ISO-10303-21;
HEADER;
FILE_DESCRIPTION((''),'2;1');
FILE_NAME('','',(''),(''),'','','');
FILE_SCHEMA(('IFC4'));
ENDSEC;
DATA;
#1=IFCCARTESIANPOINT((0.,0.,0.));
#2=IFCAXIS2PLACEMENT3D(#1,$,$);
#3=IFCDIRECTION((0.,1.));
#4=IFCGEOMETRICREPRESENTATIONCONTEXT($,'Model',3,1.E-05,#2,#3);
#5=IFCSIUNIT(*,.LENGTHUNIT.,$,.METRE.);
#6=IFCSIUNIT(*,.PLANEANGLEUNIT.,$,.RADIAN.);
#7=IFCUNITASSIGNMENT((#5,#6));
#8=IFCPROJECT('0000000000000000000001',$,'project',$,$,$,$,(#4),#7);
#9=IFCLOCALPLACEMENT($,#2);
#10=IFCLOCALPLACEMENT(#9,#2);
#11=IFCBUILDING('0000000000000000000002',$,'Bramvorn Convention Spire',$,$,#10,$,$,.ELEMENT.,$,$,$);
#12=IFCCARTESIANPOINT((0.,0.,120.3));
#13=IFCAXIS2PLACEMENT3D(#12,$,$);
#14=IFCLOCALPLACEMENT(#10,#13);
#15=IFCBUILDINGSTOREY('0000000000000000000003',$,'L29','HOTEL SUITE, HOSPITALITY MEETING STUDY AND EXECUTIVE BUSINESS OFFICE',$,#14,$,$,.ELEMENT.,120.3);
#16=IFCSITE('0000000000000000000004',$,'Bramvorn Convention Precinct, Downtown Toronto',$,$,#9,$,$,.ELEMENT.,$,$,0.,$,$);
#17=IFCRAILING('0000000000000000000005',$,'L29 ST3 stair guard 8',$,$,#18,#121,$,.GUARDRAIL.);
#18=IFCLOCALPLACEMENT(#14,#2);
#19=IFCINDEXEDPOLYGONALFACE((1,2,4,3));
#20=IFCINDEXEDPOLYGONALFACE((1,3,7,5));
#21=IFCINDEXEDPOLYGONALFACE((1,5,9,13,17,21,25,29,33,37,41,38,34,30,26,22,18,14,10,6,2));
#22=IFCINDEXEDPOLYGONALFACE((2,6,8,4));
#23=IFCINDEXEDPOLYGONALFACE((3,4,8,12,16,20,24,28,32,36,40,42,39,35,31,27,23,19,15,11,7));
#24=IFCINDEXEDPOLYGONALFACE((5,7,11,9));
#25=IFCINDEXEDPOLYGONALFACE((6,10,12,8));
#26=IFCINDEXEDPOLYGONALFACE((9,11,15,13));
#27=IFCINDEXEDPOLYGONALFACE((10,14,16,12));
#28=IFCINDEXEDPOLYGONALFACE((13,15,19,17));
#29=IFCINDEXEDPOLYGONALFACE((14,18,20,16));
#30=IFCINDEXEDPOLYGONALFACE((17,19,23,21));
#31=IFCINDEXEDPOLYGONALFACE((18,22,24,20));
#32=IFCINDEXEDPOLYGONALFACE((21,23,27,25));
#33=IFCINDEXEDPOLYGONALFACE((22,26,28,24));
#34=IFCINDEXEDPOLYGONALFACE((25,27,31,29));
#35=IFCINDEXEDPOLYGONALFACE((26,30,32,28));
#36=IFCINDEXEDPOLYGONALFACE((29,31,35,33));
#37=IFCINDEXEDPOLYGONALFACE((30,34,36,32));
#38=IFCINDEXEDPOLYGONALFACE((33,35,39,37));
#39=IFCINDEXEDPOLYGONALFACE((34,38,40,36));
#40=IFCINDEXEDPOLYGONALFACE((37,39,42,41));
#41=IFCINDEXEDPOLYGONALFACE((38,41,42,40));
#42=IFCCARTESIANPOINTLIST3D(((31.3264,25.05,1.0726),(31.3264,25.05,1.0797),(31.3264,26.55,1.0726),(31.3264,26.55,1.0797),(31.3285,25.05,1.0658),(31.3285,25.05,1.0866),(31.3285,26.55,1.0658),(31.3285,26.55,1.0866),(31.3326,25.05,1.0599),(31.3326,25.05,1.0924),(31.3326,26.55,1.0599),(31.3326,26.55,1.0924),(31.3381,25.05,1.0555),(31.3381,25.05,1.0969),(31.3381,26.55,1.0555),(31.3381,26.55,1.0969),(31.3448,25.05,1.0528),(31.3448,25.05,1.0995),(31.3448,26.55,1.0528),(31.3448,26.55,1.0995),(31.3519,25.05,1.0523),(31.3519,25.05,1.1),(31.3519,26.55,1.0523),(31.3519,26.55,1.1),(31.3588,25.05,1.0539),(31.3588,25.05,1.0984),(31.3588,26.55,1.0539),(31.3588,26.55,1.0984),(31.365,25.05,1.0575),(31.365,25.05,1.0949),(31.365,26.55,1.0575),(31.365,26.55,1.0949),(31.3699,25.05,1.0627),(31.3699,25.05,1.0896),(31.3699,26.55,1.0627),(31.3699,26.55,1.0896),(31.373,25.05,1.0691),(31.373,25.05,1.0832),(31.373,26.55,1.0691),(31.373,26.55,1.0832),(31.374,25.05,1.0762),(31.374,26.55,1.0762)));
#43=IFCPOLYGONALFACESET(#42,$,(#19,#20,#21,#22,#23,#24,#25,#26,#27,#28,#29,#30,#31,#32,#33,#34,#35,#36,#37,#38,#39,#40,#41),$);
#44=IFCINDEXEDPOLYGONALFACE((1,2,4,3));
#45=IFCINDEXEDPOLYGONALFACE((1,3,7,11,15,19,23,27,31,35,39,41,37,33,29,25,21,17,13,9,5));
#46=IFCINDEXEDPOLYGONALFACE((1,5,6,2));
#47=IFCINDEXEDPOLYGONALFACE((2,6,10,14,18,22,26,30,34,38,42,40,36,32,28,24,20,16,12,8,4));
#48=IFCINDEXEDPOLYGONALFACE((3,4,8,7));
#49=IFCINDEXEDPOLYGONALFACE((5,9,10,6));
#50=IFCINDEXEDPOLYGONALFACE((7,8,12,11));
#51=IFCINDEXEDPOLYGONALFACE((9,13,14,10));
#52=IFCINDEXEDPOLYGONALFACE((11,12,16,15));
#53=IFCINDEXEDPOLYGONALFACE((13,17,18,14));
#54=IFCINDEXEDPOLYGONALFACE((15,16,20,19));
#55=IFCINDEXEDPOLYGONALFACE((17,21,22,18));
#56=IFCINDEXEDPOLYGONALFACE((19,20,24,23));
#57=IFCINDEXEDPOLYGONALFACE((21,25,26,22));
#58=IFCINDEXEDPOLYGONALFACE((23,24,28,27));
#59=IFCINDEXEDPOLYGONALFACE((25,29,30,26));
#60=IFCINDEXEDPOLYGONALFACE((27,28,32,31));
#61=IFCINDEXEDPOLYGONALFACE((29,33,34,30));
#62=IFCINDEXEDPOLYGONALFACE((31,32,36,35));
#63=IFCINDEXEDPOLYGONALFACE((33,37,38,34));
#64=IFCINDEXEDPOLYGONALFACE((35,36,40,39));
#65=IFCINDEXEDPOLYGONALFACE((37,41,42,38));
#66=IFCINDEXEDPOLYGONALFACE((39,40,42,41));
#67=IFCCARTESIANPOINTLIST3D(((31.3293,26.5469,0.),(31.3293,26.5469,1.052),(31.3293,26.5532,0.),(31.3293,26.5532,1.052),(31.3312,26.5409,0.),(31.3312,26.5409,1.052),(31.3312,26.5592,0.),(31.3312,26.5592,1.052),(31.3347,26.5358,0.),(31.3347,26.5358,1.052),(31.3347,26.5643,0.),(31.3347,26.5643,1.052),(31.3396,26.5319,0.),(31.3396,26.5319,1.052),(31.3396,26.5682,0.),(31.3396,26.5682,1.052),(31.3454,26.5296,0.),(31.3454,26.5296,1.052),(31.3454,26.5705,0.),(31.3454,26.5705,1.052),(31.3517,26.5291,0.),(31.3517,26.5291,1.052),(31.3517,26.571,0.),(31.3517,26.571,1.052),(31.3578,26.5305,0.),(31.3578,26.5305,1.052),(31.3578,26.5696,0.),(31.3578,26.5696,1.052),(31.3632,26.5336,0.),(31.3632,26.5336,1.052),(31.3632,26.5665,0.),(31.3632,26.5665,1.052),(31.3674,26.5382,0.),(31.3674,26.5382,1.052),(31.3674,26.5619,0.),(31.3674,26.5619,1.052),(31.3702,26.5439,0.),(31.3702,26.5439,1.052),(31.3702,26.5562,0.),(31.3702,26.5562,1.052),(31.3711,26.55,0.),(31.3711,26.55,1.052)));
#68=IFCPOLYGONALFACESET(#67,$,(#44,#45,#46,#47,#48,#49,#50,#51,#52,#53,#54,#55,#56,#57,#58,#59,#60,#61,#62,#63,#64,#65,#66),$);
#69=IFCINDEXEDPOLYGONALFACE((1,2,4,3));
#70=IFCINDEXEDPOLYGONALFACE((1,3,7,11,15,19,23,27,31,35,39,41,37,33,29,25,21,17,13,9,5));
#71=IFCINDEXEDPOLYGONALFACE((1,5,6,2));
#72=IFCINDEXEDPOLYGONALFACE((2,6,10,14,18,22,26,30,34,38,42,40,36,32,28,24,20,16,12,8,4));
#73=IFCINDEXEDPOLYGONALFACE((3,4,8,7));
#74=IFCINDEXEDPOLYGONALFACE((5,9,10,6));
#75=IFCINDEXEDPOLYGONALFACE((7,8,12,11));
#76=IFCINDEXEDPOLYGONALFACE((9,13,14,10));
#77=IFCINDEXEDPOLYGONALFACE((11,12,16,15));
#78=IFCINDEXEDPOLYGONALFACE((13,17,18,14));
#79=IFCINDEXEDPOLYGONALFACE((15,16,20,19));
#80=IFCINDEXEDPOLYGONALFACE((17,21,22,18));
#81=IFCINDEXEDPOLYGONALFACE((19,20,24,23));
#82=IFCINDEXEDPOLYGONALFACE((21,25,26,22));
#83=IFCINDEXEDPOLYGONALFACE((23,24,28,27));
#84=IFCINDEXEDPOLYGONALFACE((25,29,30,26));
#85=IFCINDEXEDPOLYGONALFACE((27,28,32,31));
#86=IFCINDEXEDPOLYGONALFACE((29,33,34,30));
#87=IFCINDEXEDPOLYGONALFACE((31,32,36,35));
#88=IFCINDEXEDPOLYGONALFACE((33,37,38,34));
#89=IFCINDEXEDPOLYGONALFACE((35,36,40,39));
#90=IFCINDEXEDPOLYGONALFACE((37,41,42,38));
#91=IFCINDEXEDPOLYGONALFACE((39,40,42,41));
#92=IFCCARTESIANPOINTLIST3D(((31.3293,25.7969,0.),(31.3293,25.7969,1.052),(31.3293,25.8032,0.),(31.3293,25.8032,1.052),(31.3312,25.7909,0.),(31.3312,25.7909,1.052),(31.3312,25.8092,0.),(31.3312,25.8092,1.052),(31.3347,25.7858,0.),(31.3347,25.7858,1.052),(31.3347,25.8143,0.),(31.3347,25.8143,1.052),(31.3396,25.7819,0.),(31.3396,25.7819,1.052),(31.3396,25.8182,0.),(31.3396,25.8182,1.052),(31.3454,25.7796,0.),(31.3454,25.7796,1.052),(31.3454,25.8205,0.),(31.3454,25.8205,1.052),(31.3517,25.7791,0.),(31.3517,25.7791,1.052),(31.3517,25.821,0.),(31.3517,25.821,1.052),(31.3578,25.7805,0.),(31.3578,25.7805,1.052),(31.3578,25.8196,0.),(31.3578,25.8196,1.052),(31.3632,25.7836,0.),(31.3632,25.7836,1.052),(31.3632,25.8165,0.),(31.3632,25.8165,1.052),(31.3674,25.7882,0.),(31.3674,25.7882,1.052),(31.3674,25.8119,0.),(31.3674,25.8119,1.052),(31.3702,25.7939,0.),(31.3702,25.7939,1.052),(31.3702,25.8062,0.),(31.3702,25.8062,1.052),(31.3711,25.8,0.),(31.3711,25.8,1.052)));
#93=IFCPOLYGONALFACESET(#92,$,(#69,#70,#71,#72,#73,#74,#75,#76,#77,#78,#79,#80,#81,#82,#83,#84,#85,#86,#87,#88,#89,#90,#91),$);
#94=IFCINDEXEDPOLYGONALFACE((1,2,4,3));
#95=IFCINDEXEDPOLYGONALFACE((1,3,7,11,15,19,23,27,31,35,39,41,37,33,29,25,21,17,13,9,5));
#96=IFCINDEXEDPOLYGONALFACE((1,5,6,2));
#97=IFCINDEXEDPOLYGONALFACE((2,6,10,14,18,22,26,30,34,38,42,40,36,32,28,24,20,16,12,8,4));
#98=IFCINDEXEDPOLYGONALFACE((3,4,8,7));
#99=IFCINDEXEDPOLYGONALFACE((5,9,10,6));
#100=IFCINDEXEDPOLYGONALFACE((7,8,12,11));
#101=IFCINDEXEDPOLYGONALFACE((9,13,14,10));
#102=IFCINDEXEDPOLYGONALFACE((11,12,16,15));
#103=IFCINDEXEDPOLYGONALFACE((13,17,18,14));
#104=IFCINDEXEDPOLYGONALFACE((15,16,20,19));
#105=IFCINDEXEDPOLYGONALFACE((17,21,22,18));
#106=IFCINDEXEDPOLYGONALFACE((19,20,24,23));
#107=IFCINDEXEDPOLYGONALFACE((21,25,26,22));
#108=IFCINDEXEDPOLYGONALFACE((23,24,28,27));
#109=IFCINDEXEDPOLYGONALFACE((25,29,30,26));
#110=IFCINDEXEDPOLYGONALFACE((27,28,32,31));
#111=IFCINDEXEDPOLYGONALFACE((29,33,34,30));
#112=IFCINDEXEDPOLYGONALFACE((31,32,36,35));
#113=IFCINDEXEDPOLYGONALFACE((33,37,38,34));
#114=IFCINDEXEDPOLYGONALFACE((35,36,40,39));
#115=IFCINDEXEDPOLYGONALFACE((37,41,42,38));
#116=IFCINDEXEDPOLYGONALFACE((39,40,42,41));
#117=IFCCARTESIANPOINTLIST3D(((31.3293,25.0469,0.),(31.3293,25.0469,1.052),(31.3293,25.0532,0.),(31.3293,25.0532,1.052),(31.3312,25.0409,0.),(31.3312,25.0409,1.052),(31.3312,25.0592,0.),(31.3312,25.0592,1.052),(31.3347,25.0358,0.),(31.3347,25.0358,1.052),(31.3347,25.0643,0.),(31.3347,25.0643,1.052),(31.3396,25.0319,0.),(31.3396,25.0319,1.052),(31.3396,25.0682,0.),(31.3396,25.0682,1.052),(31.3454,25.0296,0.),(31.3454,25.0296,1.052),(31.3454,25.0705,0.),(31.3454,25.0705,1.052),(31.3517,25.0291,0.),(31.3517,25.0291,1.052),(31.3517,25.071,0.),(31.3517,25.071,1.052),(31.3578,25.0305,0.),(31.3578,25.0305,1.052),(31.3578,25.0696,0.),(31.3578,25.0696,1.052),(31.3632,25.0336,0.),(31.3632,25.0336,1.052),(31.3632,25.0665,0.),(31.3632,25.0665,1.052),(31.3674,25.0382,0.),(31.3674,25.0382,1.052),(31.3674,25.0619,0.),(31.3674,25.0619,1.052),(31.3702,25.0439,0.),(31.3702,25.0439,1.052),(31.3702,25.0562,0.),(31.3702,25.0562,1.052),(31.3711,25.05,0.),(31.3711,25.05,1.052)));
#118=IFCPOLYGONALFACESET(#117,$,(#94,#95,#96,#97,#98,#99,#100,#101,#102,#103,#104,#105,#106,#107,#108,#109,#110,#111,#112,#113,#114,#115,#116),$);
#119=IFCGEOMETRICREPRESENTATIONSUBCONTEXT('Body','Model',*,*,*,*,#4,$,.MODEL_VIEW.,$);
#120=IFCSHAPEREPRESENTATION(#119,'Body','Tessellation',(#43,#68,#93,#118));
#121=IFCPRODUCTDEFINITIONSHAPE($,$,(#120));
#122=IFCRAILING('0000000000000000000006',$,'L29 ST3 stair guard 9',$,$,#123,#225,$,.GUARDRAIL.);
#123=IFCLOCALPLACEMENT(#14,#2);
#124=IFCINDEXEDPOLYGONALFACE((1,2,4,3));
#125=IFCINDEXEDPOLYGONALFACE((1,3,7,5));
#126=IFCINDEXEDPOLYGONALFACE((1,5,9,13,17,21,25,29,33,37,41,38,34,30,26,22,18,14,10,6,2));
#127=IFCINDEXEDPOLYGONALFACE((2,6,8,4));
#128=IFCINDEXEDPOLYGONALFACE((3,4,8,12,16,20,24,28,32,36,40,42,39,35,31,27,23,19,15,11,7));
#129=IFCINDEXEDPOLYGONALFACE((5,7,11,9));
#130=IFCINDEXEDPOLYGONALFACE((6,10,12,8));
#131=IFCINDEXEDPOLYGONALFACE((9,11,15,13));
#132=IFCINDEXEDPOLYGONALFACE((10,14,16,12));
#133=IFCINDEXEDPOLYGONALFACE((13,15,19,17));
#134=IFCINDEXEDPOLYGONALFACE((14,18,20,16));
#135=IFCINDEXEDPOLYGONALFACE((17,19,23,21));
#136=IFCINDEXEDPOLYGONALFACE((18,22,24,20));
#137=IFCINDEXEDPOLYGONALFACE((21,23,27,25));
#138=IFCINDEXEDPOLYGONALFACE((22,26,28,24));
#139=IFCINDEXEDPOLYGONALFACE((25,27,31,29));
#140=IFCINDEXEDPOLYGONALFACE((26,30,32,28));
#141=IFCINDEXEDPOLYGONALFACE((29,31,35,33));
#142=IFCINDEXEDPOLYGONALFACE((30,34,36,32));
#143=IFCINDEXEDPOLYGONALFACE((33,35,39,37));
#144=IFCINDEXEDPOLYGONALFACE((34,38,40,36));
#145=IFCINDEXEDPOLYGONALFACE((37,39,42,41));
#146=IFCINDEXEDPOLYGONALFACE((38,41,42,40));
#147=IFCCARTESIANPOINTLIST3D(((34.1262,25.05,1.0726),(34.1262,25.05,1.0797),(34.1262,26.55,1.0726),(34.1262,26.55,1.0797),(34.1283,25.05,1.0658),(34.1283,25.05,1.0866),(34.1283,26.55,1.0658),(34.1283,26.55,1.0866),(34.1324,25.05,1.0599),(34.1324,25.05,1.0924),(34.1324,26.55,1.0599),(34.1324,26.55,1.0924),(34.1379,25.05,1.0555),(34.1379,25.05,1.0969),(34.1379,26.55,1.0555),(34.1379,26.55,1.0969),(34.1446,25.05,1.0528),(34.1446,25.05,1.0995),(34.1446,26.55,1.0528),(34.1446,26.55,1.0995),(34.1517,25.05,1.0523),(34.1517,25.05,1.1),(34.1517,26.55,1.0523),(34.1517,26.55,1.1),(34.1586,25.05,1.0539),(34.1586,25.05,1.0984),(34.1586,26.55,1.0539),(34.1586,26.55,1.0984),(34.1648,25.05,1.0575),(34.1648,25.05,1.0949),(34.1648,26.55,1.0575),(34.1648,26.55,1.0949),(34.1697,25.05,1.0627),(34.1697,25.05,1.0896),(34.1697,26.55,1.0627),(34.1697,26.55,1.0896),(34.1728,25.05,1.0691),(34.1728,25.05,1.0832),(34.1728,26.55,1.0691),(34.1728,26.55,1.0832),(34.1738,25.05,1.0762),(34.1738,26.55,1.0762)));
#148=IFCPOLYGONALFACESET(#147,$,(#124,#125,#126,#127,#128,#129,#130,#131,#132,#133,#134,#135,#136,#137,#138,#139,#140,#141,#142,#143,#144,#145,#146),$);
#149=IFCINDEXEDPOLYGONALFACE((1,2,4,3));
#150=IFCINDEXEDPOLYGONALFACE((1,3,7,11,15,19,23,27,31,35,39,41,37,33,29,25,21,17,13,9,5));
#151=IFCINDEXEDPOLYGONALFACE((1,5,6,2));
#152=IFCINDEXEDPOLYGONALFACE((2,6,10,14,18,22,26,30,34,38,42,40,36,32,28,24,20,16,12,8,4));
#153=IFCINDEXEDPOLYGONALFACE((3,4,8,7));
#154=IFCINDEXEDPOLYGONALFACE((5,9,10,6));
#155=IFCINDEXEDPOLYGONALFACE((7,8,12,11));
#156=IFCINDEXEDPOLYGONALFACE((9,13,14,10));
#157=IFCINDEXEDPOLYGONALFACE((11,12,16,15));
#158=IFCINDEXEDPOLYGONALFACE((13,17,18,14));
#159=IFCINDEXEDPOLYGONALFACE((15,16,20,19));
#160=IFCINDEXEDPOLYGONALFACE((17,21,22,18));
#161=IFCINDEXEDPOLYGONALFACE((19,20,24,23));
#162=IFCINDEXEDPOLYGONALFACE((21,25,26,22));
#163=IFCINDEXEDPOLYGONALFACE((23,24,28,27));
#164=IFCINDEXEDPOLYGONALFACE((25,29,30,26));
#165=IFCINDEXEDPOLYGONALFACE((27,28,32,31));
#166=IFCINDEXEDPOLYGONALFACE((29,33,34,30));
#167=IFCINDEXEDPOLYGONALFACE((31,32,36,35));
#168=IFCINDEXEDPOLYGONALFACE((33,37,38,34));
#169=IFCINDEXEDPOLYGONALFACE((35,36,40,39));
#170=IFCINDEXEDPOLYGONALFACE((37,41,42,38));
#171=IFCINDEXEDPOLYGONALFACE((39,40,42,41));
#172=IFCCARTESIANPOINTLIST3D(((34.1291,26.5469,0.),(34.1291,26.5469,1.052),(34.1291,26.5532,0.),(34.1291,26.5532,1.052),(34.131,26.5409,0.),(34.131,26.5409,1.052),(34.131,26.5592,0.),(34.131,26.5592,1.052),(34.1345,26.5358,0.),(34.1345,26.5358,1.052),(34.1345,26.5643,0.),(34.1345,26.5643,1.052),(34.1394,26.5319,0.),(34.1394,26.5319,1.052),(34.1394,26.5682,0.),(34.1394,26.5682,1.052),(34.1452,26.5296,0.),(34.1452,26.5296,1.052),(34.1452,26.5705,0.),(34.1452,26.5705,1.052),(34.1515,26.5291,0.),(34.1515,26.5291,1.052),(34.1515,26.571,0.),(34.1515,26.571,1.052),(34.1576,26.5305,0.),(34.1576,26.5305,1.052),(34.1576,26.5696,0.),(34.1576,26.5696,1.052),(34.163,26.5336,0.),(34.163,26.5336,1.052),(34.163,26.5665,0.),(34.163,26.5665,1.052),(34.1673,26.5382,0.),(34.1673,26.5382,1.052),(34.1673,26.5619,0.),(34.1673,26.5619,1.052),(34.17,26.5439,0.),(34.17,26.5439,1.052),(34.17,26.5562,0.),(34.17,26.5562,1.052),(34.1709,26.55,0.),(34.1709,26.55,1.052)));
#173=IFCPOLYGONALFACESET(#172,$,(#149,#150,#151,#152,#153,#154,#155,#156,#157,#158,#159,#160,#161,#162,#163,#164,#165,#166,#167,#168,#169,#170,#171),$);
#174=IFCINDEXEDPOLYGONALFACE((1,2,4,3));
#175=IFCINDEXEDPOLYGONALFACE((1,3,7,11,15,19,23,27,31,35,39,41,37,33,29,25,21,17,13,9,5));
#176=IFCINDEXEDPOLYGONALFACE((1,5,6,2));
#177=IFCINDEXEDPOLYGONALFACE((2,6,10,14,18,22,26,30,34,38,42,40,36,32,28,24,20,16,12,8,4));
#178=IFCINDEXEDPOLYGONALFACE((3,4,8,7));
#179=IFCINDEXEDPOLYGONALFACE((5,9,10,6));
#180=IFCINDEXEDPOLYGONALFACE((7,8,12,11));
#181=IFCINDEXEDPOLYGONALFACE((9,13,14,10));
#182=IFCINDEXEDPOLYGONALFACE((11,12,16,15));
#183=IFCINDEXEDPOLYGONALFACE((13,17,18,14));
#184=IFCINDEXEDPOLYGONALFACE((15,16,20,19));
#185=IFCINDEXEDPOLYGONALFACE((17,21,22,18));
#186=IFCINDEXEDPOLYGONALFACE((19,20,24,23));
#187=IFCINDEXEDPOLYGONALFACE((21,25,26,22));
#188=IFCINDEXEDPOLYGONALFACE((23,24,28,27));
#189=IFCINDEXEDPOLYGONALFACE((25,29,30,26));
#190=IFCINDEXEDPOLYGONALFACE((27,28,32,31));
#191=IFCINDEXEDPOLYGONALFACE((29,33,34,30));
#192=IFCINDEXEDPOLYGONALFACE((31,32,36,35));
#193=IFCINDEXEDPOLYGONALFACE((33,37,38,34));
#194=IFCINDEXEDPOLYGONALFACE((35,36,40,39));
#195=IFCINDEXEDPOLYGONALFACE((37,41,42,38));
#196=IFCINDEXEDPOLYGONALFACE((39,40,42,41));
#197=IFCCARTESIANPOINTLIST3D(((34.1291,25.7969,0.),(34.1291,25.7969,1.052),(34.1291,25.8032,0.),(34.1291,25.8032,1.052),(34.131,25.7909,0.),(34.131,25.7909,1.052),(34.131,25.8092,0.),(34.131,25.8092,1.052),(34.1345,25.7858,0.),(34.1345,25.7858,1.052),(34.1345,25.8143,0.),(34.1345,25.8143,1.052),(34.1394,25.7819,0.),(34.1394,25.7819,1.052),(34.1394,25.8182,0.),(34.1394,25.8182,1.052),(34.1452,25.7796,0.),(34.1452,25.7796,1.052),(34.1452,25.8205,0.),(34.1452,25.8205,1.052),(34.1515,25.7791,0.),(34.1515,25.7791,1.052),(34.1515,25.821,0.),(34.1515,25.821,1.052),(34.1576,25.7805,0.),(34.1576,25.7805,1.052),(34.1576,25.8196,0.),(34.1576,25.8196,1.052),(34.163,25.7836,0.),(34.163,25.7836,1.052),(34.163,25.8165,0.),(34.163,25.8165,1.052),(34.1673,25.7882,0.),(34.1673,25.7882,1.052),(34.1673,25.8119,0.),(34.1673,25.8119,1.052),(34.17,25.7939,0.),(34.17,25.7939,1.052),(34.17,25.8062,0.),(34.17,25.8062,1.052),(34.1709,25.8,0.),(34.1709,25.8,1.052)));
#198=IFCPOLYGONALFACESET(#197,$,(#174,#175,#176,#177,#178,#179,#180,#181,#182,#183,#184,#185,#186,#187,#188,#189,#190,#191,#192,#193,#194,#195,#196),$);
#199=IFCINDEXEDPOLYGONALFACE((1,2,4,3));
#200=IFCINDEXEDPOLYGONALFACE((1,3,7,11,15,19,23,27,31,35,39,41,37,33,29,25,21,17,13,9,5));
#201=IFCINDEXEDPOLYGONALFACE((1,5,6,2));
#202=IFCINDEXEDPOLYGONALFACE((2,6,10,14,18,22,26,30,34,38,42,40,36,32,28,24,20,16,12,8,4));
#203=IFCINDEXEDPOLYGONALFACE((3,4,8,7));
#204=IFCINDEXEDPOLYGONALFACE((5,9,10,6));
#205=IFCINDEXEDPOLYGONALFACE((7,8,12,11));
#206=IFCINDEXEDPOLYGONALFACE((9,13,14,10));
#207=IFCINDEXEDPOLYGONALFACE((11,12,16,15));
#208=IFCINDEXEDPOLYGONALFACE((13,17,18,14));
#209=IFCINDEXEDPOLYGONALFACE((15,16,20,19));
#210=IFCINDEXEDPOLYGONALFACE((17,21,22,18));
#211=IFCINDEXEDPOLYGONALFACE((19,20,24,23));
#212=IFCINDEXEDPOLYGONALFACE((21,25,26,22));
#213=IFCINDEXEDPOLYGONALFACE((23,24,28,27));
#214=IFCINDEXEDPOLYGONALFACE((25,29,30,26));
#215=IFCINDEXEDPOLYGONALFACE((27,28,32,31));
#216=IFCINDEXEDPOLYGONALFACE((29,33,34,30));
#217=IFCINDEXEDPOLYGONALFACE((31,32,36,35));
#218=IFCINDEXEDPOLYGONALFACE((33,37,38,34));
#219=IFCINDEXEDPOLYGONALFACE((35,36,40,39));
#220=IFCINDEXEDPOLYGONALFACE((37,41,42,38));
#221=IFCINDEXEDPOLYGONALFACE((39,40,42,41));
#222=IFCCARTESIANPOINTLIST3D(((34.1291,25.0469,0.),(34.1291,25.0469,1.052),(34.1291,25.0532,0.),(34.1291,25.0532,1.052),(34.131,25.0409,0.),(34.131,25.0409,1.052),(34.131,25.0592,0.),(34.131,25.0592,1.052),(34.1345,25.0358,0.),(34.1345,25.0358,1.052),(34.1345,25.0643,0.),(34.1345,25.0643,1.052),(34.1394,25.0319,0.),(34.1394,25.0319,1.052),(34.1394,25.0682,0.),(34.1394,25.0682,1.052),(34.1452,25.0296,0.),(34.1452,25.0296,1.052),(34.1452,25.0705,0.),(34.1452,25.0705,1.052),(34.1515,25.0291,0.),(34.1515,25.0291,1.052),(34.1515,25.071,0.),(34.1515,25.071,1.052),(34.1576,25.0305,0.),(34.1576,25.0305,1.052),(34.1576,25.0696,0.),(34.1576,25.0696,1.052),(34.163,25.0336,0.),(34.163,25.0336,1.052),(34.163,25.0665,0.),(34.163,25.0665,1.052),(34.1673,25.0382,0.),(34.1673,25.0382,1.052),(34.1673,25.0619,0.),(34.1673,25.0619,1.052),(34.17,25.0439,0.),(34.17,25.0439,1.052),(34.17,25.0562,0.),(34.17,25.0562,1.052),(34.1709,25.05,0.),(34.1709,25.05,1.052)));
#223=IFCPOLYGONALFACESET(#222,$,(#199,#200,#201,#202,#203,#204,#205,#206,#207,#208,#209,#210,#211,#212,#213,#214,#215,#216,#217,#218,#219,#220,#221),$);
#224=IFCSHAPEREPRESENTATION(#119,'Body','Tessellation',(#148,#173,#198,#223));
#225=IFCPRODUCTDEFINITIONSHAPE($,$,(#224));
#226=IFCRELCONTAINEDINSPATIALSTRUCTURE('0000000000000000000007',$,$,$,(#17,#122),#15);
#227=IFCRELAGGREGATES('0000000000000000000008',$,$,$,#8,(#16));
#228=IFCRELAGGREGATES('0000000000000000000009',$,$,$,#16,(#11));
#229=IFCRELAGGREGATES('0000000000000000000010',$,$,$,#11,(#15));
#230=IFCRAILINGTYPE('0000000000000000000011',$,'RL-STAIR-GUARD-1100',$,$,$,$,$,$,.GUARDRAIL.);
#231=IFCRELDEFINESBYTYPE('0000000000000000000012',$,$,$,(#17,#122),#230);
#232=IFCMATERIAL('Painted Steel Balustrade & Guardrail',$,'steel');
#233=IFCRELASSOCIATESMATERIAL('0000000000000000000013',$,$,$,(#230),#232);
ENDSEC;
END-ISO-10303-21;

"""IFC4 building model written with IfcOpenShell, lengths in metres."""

from ifc_helpers import new_model, si_unit, direction, frame, origin, origin_2d, place, context, subcontext, project, spatial, circle, extrude, material, type_object, element, save


model = new_model("IFC4")

# Units and contexts
model_context = context("Model", 3, precision=1e-05, world=origin(), true_north=direction((0.0, 1.0)))
body_context = subcontext(model_context, "Body", "Model", "MODEL_VIEW")
ifc_project = project(units=[si_unit("LENGTHUNIT", "METRE"), si_unit("PLANEANGLEUNIT", "RADIAN")], contexts=[model_context])

# Site, building, storey
site_placement = place(None, origin())
site = spatial("IfcSite", under=ifc_project, at=site_placement, Name="Bramvorn Convention Precinct, Downtown Toronto", CompositionType="ELEMENT", RefElevation=0.0)
building_placement = place(site_placement, origin())
building = spatial("IfcBuilding", under=site, at=building_placement, Name="Bramvorn Convention Spire", CompositionType="ELEMENT")
storey_placement = place(building_placement, frame((0.0, 0.0, 120.3)))
storey = spatial("IfcBuildingStorey", under=building, at=storey_placement, Name="L29", Description="HOTEL SUITE, HOSPITALITY MEETING STUDY AND EXECUTIVE BUSINESS OFFICE", CompositionType="ELEMENT", Elevation=120.3)

# Railings
ifc_material_1 = material(Name="Painted Steel Balustrade & Guardrail", Category="steel")
railing_type = type_object("IfcRailingType", Name="RL-STAIR-GUARD-1100", PredefinedType="GUARDRAIL", material=ifc_material_1)
for number, where, name in (
    (1, (31.3501, 26.55, 0.0), "L29 ST3 stair guard 8"),
    (2, (34.1499, 26.55, 0.0), "L29 ST3 stair guard 9"),
):
    element("IfcRailing", number, at=place(storey_placement, frame(where)), inside=storey, type_object=railing_type, Name=name, PredefinedType="GUARDRAIL", context=body_context, shape_type="SweptSolid", body=[
        extrude(circle(Radius=0.0239, at=origin_2d()), frame((0.0, 0.0, 1.0762), z_axis=(0.0, -1.0, 0.0), x_axis=(1.0, 0.0, 0.0)), (0.0, 0.0, 1.0), 1.5),
        extrude(circle(Radius=0.021, at=origin_2d()), origin(), (0.0, 0.0, 1.0), 1.052),
        extrude(circle(Radius=0.021, at=origin_2d()), frame((0.0, -0.75, 0.0)), (0.0, 0.0, 1.0), 1.052),
        extrude(circle(Radius=0.021, at=origin_2d()), frame((0.0, -1.5, 0.0)), (0.0, 0.0, 1.0), 1.052),
    ])

save(model, "model.ifc")
